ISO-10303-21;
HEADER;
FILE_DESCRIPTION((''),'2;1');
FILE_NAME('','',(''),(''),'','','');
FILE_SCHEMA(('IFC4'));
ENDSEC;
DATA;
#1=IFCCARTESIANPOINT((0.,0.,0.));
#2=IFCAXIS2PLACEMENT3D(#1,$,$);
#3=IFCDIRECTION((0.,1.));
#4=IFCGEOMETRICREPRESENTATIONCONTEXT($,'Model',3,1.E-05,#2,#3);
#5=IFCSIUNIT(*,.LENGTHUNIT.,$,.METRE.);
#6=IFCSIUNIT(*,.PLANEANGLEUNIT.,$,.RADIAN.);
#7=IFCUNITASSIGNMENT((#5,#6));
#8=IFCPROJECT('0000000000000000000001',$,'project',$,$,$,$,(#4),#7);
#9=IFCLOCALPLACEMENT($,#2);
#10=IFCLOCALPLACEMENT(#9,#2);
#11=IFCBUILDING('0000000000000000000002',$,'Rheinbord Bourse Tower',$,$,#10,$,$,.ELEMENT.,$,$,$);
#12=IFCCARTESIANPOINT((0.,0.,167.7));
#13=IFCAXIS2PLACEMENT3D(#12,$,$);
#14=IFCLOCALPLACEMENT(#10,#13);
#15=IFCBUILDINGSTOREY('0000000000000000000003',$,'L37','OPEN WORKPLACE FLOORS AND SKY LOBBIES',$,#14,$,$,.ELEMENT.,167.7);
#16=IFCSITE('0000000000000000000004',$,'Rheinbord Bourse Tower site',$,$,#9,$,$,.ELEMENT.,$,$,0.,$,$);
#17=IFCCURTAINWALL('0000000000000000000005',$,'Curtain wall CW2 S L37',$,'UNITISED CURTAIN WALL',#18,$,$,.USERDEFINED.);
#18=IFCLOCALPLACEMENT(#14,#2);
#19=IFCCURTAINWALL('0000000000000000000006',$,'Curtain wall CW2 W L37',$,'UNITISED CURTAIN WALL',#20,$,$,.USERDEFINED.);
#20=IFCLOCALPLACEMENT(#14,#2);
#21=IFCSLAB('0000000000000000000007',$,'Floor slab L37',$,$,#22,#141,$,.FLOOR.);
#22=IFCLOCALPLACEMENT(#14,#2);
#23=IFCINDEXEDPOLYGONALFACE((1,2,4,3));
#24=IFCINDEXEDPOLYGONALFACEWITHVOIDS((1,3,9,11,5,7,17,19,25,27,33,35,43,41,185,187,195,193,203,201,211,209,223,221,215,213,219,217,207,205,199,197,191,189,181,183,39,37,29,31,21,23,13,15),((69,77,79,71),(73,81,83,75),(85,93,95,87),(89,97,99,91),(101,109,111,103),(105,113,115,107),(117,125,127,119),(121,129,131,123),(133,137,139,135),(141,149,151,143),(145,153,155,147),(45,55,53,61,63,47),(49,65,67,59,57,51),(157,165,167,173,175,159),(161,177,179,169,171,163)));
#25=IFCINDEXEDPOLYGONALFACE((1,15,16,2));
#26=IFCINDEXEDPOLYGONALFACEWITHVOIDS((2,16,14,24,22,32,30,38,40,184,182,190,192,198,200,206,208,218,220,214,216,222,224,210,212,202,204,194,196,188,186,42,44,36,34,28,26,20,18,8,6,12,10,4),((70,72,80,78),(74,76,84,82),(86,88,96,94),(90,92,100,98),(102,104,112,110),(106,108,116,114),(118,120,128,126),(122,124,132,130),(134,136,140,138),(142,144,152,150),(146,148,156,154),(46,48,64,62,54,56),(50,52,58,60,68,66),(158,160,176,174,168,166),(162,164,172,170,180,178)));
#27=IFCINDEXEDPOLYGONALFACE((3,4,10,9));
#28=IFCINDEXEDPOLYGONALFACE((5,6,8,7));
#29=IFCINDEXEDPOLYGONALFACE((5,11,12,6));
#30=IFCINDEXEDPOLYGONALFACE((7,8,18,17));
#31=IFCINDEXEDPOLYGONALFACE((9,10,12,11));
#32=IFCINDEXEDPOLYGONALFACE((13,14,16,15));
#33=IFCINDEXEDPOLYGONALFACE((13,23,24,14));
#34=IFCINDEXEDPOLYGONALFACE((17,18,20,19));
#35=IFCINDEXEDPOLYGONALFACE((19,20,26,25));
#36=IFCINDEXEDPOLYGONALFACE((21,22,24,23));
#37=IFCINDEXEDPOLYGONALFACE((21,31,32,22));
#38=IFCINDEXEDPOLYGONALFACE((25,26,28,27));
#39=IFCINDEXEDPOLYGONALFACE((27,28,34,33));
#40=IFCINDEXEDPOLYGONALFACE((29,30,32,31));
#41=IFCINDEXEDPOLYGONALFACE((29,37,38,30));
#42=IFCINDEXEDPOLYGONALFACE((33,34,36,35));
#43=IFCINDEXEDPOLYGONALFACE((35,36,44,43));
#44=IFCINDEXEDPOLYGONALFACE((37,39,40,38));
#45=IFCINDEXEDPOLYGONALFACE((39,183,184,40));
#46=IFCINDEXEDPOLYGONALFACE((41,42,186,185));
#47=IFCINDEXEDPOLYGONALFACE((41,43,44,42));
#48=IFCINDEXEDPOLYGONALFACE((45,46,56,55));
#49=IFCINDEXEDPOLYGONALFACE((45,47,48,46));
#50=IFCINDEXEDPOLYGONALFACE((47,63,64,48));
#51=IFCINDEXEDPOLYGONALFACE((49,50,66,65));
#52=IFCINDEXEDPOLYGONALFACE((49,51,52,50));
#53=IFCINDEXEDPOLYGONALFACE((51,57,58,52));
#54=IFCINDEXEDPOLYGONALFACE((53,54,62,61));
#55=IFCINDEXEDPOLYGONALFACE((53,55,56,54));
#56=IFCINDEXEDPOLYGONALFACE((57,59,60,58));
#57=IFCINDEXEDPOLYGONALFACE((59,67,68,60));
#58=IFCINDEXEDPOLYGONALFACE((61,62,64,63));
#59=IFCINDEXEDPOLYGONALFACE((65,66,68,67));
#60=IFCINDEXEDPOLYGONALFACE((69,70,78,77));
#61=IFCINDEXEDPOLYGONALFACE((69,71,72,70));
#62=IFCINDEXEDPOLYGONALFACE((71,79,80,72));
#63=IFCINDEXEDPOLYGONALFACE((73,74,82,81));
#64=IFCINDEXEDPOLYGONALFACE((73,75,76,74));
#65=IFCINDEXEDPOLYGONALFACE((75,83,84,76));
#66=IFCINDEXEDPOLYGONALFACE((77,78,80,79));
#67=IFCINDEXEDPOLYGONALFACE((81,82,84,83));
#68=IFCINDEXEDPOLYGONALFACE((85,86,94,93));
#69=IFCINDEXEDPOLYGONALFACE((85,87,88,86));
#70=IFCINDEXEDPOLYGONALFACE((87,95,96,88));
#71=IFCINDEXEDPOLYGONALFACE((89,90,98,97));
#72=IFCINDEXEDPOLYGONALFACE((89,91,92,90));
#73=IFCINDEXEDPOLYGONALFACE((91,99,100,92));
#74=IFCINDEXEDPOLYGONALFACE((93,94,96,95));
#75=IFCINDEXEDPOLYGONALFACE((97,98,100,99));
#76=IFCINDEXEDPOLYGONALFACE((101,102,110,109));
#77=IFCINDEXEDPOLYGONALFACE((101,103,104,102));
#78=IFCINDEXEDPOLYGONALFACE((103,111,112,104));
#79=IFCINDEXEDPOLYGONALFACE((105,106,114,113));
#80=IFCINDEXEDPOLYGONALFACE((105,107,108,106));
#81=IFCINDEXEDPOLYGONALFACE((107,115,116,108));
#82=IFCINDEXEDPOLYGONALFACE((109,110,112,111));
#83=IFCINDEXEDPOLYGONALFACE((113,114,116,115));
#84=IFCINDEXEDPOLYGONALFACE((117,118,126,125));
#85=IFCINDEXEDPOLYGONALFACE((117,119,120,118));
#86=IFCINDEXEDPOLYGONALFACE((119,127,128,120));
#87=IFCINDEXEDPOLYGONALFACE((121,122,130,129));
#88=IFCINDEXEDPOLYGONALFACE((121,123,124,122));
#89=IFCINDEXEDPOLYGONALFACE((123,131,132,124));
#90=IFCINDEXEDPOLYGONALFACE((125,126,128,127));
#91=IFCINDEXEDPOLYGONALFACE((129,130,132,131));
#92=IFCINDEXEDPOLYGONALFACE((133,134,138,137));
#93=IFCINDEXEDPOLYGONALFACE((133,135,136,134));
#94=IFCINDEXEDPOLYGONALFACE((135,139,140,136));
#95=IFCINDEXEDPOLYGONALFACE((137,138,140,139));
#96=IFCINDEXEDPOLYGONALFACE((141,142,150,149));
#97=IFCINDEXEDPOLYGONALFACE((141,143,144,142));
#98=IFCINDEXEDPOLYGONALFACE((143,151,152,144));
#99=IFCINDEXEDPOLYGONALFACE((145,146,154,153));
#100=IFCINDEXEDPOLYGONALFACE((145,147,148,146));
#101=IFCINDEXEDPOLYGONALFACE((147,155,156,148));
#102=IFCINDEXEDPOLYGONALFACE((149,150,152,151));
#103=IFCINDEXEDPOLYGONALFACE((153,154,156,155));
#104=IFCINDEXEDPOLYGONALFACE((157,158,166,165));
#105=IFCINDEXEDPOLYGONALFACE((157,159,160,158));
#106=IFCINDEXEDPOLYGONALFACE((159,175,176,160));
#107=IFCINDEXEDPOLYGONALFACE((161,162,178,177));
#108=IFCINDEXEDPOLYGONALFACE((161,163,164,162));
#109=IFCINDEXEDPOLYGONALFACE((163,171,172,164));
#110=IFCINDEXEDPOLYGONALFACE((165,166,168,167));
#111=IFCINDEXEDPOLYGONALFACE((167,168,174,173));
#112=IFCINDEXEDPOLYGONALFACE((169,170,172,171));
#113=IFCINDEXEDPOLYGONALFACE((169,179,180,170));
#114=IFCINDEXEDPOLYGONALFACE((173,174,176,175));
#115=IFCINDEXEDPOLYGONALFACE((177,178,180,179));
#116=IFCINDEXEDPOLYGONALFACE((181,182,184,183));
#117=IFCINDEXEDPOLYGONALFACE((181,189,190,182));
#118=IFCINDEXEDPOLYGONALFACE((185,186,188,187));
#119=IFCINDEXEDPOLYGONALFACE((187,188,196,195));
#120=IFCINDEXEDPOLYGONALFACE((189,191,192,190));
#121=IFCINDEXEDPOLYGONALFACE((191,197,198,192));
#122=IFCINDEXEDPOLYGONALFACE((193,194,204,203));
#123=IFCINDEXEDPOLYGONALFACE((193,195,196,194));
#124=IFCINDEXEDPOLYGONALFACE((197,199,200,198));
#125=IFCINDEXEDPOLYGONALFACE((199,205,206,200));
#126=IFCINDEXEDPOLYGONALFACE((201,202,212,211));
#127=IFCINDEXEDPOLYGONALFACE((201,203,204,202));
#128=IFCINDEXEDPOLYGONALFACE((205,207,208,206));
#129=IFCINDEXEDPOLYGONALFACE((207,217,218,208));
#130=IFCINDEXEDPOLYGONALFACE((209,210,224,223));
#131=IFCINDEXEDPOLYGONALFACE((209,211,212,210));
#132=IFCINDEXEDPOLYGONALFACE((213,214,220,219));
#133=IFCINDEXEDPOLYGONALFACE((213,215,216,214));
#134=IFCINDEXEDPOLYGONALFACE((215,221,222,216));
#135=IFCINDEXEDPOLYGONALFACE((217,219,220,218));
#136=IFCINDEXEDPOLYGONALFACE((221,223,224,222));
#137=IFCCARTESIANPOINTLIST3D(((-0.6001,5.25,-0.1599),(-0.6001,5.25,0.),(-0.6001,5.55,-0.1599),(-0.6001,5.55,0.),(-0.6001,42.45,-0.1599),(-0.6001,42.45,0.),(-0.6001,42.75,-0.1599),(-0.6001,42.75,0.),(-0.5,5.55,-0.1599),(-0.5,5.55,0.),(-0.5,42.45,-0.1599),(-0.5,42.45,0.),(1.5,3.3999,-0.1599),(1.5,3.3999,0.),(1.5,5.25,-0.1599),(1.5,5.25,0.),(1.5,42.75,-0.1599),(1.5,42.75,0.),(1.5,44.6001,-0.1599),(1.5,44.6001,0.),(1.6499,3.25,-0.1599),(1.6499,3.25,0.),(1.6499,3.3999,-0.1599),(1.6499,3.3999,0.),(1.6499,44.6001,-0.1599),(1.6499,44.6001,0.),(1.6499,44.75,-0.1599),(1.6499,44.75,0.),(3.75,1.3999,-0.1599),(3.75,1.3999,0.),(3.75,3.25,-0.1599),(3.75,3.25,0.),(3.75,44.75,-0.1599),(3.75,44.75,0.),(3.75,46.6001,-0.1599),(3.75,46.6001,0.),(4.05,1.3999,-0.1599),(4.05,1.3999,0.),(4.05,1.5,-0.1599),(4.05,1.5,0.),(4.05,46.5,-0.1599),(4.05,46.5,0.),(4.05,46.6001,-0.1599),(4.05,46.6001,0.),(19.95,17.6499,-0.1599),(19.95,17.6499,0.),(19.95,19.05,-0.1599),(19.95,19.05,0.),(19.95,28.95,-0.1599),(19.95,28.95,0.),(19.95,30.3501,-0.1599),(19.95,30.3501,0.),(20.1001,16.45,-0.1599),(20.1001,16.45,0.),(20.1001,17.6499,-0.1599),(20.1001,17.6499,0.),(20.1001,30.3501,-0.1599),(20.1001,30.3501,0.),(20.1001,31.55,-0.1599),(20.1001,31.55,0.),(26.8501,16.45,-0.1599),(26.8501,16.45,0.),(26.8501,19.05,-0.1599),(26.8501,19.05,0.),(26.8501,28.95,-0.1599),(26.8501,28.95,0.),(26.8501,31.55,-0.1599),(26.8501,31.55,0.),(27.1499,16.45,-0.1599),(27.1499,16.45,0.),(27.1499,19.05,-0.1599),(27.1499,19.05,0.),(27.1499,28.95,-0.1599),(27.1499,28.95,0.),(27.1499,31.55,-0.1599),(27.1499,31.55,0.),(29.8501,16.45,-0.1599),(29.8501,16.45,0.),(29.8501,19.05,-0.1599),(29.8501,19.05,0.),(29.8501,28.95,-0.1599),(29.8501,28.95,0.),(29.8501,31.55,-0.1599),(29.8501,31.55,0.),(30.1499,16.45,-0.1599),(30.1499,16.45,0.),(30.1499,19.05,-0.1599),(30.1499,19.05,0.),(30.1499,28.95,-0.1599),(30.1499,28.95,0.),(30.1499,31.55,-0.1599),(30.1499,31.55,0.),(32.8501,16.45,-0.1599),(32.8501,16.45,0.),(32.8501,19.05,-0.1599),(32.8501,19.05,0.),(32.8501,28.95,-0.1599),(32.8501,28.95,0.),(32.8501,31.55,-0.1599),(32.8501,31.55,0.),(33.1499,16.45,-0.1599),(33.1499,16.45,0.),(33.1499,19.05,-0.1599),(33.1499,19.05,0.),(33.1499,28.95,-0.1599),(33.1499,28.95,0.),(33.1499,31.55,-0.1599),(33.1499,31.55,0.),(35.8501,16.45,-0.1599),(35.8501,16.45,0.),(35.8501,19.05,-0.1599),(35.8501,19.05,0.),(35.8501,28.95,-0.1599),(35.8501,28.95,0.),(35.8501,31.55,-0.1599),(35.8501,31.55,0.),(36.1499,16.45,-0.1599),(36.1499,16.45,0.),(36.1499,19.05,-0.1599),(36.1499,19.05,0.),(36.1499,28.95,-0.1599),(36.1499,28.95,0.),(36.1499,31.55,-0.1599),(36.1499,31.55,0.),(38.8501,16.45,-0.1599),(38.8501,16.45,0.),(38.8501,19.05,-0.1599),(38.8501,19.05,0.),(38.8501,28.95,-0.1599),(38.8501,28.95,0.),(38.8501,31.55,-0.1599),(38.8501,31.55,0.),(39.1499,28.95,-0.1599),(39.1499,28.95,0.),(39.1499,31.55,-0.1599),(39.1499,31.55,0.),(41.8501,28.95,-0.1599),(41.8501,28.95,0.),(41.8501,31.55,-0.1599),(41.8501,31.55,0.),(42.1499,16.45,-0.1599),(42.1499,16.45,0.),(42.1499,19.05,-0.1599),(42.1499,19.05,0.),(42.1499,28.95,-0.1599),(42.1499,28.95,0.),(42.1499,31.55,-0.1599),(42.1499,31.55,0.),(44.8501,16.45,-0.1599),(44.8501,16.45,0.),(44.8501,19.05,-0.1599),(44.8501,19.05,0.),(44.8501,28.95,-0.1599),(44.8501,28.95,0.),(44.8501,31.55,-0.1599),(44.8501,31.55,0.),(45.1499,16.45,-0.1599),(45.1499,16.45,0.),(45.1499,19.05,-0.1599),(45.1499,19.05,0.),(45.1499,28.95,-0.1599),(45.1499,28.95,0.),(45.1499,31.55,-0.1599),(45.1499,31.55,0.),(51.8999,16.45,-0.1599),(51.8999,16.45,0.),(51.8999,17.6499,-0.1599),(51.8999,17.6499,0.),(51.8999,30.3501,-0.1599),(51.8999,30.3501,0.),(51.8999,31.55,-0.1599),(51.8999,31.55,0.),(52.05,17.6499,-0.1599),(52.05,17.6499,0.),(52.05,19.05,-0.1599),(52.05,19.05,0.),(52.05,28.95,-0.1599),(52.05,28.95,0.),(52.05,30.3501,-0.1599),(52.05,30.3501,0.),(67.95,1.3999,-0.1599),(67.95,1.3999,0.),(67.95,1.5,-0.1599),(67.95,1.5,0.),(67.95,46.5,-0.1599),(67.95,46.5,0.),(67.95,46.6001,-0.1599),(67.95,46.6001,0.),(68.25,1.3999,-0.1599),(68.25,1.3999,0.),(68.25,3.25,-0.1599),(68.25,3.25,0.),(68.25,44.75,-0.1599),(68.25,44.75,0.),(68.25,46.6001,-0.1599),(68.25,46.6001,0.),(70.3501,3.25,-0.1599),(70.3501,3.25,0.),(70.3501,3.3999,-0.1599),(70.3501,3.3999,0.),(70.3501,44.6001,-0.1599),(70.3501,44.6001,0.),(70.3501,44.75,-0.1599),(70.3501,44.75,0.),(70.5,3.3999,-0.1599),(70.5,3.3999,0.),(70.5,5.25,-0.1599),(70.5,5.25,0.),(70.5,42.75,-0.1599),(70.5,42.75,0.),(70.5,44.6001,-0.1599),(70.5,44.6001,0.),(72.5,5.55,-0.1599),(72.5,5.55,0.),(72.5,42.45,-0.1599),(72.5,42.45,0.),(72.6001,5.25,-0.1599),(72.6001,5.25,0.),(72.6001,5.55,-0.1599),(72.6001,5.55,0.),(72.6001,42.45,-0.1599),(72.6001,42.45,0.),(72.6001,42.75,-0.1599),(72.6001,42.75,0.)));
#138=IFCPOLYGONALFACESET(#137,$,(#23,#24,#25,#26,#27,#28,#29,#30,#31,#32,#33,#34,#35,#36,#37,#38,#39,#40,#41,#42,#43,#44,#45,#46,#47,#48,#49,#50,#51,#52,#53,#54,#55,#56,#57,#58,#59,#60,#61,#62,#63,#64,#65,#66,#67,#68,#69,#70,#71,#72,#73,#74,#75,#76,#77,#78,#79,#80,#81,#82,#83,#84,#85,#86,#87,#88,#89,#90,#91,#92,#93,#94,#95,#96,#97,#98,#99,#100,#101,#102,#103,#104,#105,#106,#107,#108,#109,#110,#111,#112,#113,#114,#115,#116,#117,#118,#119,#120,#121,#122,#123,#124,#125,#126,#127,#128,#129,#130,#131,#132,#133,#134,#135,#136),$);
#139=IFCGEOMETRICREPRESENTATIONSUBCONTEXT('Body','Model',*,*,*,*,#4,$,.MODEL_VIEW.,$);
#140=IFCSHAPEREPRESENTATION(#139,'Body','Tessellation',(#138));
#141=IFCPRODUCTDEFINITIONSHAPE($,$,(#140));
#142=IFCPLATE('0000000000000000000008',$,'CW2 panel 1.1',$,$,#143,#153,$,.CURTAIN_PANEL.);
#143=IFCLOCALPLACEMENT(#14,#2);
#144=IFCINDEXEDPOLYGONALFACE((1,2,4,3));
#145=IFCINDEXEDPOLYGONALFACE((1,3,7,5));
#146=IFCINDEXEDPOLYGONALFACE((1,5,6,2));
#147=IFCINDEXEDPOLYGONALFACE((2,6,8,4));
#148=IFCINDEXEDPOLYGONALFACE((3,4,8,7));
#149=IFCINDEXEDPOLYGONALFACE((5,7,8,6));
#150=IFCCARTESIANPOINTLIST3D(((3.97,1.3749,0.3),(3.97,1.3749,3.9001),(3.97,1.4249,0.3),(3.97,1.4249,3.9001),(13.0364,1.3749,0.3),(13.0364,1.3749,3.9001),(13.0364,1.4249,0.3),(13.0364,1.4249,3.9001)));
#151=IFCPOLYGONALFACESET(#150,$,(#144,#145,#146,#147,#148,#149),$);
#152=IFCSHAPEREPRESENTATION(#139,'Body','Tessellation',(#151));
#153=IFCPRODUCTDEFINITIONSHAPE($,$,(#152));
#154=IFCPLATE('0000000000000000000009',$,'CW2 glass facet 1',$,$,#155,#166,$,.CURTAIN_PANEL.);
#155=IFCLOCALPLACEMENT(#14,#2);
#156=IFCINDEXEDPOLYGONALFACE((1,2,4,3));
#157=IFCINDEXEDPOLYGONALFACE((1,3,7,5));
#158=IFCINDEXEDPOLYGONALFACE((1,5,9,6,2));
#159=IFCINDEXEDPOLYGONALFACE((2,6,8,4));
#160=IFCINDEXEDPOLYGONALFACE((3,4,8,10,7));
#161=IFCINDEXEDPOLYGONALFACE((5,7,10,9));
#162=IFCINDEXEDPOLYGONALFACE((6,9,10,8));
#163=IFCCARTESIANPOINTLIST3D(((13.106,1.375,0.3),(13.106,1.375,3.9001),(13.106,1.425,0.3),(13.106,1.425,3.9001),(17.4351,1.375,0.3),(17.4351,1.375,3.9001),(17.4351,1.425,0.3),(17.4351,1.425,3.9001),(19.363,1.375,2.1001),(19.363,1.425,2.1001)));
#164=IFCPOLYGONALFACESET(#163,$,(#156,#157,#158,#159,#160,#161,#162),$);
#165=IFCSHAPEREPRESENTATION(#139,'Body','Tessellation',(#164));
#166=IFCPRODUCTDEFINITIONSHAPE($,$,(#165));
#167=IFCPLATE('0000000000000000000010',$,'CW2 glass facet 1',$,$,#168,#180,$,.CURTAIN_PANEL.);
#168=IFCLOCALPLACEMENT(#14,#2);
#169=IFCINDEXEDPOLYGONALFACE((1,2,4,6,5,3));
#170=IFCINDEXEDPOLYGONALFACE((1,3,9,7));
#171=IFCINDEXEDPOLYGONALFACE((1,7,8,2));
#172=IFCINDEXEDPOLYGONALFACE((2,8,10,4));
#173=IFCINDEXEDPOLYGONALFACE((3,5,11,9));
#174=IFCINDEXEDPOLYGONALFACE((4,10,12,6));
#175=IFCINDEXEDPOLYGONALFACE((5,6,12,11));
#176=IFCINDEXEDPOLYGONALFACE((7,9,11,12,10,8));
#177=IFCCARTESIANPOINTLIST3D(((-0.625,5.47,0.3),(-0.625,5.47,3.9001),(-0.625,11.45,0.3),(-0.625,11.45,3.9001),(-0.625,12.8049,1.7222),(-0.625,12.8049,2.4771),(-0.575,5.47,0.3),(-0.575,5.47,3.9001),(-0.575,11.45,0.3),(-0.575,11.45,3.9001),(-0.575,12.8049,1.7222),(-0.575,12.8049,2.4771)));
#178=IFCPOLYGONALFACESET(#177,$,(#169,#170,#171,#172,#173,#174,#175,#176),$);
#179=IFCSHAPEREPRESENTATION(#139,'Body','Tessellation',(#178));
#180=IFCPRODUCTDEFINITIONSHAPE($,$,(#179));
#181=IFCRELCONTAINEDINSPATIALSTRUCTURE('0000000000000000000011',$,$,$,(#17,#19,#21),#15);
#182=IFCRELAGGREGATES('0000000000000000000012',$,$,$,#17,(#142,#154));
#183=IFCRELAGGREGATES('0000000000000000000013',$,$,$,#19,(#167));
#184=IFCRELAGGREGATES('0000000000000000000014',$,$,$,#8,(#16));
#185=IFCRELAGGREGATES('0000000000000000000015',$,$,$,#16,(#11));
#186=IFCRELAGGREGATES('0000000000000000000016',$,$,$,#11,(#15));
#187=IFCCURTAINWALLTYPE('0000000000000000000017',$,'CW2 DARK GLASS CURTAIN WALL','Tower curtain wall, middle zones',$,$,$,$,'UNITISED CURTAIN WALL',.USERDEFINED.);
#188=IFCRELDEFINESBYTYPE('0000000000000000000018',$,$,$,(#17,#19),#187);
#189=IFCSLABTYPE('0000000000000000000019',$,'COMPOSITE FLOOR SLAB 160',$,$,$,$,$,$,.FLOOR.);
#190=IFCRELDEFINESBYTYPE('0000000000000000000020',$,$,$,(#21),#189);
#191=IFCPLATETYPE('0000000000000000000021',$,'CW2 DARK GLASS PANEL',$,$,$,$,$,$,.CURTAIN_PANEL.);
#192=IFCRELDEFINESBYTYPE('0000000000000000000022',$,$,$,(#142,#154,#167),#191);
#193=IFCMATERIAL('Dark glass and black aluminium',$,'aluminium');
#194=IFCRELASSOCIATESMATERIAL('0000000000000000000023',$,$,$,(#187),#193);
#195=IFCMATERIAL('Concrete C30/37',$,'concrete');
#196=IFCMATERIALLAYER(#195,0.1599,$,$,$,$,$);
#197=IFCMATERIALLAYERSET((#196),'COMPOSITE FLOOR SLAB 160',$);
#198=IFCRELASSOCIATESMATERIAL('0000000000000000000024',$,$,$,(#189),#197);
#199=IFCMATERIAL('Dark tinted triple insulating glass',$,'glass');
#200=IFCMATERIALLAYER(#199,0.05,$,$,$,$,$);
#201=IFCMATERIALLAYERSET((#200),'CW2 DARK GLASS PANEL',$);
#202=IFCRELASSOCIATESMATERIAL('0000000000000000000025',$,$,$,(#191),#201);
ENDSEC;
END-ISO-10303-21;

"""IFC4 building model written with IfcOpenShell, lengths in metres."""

from ifc_helpers import new_model, si_unit, direction, frame, origin, origin_2d, place, context, subcontext, project, spatial, polyline, rectangle, outline, extrude, material, layer, layer_set, type_object, element, aggregate, save


model = new_model("IFC4")

# Units and contexts
model_context = context("Model", 3, precision=1e-05, world=origin(), true_north=direction((0.0, 1.0)))
body_context = subcontext(model_context, "Body", "Model", "MODEL_VIEW")
ifc_project = project(units=[si_unit("LENGTHUNIT", "METRE"), si_unit("PLANEANGLEUNIT", "RADIAN")], contexts=[model_context])

# Site, building, storey
site_placement = place(None, origin())
site = spatial("IfcSite", under=ifc_project, at=site_placement, Name="Rheinbord Bourse Tower site", CompositionType="ELEMENT", RefElevation=0.0)
building_placement = place(site_placement, origin())
building = spatial("IfcBuilding", under=site, at=building_placement, Name="Rheinbord Bourse Tower", CompositionType="ELEMENT")
storey_placement = place(building_placement, frame((0.0, 0.0, 167.7)))
storey = spatial("IfcBuildingStorey", under=building, at=storey_placement, Name="L37", Description="OPEN WORKPLACE FLOORS AND SKY LOBBIES", CompositionType="ELEMENT", Elevation=167.7)

# Curtain wall
ifc_material_1 = material(Name="Dark glass and black aluminium", Category="aluminium")
curtain_wall_type = type_object("IfcCurtainWallType", Name="CW2 DARK GLASS CURTAIN WALL", Description="Tower curtain wall, middle zones", ElementType="UNITISED CURTAIN WALL", PredefinedType="USERDEFINED", material=ifc_material_1)
curtain_wall_1_placement = place(storey_placement, origin())
curtain_wall_1 = element("IfcCurtainWall", 1, at=curtain_wall_1_placement, inside=storey, type_object=curtain_wall_type, Name="Curtain wall CW2 S L37", ObjectType="UNITISED CURTAIN WALL", PredefinedType="USERDEFINED")

# Curtain wall
curtain_wall_2_placement = place(storey_placement, origin())
curtain_wall_2 = element("IfcCurtainWall", 2, at=curtain_wall_2_placement, inside=storey, type_object=curtain_wall_type, Name="Curtain wall CW2 W L37", ObjectType="UNITISED CURTAIN WALL", PredefinedType="USERDEFINED")

# Slab
ifc_material_2 = material(Name="Concrete C30/37", Category="concrete")
ifc_layer_1 = layer(ifc_material_2, 0.1599)
ifc_layer_set_1 = layer_set([ifc_layer_1], Name="COMPOSITE FLOOR SLAB 160")
slab_type_1 = type_object("IfcSlabType", Name="COMPOSITE FLOOR SLAB 160", PredefinedType="FLOOR", material=ifc_layer_set_1)
slab_1_placement = place(storey_placement, frame((0.0, 0.0, -0.1599)))
element("IfcSlab", 3, at=slab_1_placement, inside=storey, type_object=slab_type_1, Name="Floor slab L37", PredefinedType="FLOOR", context=body_context, shape_type="SweptSolid", body=[
    extrude(outline(polyline([(1.6499, 3.3999), (1.5, 3.3999), (1.5, 5.25), (-0.6001, 5.25), (-0.6001, 5.55), (-0.5, 5.55), (-0.5, 42.45), (-0.6001, 42.45), (-0.6001, 42.75), (1.5, 42.75), (1.5, 44.6001), (1.6499, 44.6001), (1.6499, 44.75), (3.75, 44.75), (3.75, 46.6001), (4.05, 46.6001), (4.05, 46.5), (67.95, 46.5), (67.95, 46.6001), (68.25, 46.6001), (68.25, 44.75), (70.3501, 44.75), (70.3501, 44.6001), (70.5, 44.6001), (70.5, 42.75), (72.6001, 42.75), (72.6001, 42.45), (72.5, 42.45), (72.5, 5.55), (72.6001, 5.55), (72.6001, 5.25), (70.5, 5.25), (70.5, 3.3999), (70.3501, 3.3999), (70.3501, 3.25), (68.25, 3.25), (68.25, 1.3999), (67.95, 1.3999), (67.95, 1.5), (4.05, 1.5), (4.05, 1.3999), (3.75, 1.3999), (3.75, 3.25), (1.6499, 3.25), (1.6499, 3.3999)]), holes=[polyline([(19.95, 19.05), (26.8501, 19.05), (26.8501, 16.45), (20.1001, 16.45), (20.1001, 17.6499), (19.95, 17.6499), (19.95, 19.05)]), polyline([(26.8501, 31.55), (26.8501, 28.95), (19.95, 28.95), (19.95, 30.3501), (20.1001, 30.3501), (20.1001, 31.55), (26.8501, 31.55)]), polyline([(45.1499, 16.45), (45.1499, 19.05), (52.05, 19.05), (52.05, 17.6499), (51.8999, 17.6499), (51.8999, 16.45), (45.1499, 16.45)]), polyline([(52.05, 28.95), (45.1499, 28.95), (45.1499, 31.55), (51.8999, 31.55), (51.8999, 30.3501), (52.05, 30.3501), (52.05, 28.95)]), polyline([(27.1499, 16.45), (27.1499, 19.05), (29.8501, 19.05), (29.8501, 16.45), (27.1499, 16.45)]), polyline([(27.1499, 28.95), (27.1499, 31.55), (29.8501, 31.55), (29.8501, 28.95), (27.1499, 28.95)]), polyline([(30.1499, 16.45), (30.1499, 19.05), (32.8501, 19.05), (32.8501, 16.45), (30.1499, 16.45)]), polyline([(30.1499, 28.95), (30.1499, 31.55), (32.8501, 31.55), (32.8501, 28.95), (30.1499, 28.95)]), polyline([(33.1499, 16.45), (33.1499, 19.05), (35.8501, 19.05), (35.8501, 16.45), (33.1499, 16.45)]), polyline([(33.1499, 28.95), (33.1499, 31.55), (35.8501, 31.55), (35.8501, 28.95), (33.1499, 28.95)]), polyline([(36.1499, 16.45), (36.1499, 19.05), (38.8501, 19.05), (38.8501, 16.45), (36.1499, 16.45)]), polyline([(36.1499, 28.95), (36.1499, 31.55), (38.8501, 31.55), (38.8501, 28.95), (36.1499, 28.95)]), polyline([(39.1499, 28.95), (39.1499, 31.55), (41.8501, 31.55), (41.8501, 28.95), (39.1499, 28.95)]), polyline([(42.1499, 16.45), (42.1499, 19.05), (44.8501, 19.05), (44.8501, 16.45), (42.1499, 16.45)]), polyline([(42.1499, 28.95), (42.1499, 31.55), (44.8501, 31.55), (44.8501, 28.95), (42.1499, 28.95)])]), origin(), (0.0, 0.0, 1.0), 0.1599),
])

# Plates
ifc_material_3 = material(Name="Dark tinted triple insulating glass", Category="glass")
ifc_layer_2 = layer(ifc_material_3, 0.05)
ifc_layer_set_2 = layer_set([ifc_layer_2], Name="CW2 DARK GLASS PANEL")
plate_type = type_object("IfcPlateType", Name="CW2 DARK GLASS PANEL", PredefinedType="CURTAIN_PANEL", material=ifc_layer_set_2)
plate_1_placement = place(storey_placement, frame((8.5032, 1.3999, 0.3), z_axis=(0.0, 0.0, 1.0), x_axis=(1.0, 0.0, 0.0)))
plate_1 = element("IfcPlate", 4, at=plate_1_placement, type_object=plate_type, Name="CW2 panel 1.1", PredefinedType="CURTAIN_PANEL", context=body_context, shape_type="SweptSolid", body=[
    extrude(rectangle(XDim=9.0664, YDim=0.05, at=origin_2d()), origin(), (0.0, 0.0, 1.0), 3.6001),
])
plate_2_placement = place(storey_placement, frame((13.106, 1.375, 0.3), z_axis=(0.0, 1.0, 0.0), x_axis=(0.0, 0.0, 1.0)))
plate_2 = element("IfcPlate", 5, at=plate_2_placement, type_object=plate_type, Name="CW2 glass facet 1", PredefinedType="CURTAIN_PANEL", context=body_context, shape_type="SweptSolid", body=[
    extrude(outline(polyline([(0.0, 0.0), (3.6001, 0.0), (3.6001, 4.3291), (1.8, 6.2571), (0.0, 4.3291), (0.0, 0.0)])), origin(), (0.0, 0.0, 1.0), 0.05),
])
aggregate(curtain_wall_1, [plate_1, plate_2])
plate_3_placement = place(storey_placement, frame((-0.625, 5.47, 3.9001), z_axis=(1.0, 0.0, 0.0), x_axis=(0.0, 0.0, -1.0)))
plate_3 = element("IfcPlate", 6, at=plate_3_placement, type_object=plate_type, Name="CW2 glass facet 1", PredefinedType="CURTAIN_PANEL", context=body_context, shape_type="SweptSolid", body=[
    extrude(outline(polyline([(0.0, 0.0), (3.6001, 0.0), (3.6001, 5.98), (2.178, 7.335), (1.4231, 7.335), (0.0, 5.98), (0.0, 0.0)])), origin(), (0.0, 0.0, 1.0), 0.05),
])
aggregate(curtain_wall_2, [plate_3])

save(model, "model.ifc")
